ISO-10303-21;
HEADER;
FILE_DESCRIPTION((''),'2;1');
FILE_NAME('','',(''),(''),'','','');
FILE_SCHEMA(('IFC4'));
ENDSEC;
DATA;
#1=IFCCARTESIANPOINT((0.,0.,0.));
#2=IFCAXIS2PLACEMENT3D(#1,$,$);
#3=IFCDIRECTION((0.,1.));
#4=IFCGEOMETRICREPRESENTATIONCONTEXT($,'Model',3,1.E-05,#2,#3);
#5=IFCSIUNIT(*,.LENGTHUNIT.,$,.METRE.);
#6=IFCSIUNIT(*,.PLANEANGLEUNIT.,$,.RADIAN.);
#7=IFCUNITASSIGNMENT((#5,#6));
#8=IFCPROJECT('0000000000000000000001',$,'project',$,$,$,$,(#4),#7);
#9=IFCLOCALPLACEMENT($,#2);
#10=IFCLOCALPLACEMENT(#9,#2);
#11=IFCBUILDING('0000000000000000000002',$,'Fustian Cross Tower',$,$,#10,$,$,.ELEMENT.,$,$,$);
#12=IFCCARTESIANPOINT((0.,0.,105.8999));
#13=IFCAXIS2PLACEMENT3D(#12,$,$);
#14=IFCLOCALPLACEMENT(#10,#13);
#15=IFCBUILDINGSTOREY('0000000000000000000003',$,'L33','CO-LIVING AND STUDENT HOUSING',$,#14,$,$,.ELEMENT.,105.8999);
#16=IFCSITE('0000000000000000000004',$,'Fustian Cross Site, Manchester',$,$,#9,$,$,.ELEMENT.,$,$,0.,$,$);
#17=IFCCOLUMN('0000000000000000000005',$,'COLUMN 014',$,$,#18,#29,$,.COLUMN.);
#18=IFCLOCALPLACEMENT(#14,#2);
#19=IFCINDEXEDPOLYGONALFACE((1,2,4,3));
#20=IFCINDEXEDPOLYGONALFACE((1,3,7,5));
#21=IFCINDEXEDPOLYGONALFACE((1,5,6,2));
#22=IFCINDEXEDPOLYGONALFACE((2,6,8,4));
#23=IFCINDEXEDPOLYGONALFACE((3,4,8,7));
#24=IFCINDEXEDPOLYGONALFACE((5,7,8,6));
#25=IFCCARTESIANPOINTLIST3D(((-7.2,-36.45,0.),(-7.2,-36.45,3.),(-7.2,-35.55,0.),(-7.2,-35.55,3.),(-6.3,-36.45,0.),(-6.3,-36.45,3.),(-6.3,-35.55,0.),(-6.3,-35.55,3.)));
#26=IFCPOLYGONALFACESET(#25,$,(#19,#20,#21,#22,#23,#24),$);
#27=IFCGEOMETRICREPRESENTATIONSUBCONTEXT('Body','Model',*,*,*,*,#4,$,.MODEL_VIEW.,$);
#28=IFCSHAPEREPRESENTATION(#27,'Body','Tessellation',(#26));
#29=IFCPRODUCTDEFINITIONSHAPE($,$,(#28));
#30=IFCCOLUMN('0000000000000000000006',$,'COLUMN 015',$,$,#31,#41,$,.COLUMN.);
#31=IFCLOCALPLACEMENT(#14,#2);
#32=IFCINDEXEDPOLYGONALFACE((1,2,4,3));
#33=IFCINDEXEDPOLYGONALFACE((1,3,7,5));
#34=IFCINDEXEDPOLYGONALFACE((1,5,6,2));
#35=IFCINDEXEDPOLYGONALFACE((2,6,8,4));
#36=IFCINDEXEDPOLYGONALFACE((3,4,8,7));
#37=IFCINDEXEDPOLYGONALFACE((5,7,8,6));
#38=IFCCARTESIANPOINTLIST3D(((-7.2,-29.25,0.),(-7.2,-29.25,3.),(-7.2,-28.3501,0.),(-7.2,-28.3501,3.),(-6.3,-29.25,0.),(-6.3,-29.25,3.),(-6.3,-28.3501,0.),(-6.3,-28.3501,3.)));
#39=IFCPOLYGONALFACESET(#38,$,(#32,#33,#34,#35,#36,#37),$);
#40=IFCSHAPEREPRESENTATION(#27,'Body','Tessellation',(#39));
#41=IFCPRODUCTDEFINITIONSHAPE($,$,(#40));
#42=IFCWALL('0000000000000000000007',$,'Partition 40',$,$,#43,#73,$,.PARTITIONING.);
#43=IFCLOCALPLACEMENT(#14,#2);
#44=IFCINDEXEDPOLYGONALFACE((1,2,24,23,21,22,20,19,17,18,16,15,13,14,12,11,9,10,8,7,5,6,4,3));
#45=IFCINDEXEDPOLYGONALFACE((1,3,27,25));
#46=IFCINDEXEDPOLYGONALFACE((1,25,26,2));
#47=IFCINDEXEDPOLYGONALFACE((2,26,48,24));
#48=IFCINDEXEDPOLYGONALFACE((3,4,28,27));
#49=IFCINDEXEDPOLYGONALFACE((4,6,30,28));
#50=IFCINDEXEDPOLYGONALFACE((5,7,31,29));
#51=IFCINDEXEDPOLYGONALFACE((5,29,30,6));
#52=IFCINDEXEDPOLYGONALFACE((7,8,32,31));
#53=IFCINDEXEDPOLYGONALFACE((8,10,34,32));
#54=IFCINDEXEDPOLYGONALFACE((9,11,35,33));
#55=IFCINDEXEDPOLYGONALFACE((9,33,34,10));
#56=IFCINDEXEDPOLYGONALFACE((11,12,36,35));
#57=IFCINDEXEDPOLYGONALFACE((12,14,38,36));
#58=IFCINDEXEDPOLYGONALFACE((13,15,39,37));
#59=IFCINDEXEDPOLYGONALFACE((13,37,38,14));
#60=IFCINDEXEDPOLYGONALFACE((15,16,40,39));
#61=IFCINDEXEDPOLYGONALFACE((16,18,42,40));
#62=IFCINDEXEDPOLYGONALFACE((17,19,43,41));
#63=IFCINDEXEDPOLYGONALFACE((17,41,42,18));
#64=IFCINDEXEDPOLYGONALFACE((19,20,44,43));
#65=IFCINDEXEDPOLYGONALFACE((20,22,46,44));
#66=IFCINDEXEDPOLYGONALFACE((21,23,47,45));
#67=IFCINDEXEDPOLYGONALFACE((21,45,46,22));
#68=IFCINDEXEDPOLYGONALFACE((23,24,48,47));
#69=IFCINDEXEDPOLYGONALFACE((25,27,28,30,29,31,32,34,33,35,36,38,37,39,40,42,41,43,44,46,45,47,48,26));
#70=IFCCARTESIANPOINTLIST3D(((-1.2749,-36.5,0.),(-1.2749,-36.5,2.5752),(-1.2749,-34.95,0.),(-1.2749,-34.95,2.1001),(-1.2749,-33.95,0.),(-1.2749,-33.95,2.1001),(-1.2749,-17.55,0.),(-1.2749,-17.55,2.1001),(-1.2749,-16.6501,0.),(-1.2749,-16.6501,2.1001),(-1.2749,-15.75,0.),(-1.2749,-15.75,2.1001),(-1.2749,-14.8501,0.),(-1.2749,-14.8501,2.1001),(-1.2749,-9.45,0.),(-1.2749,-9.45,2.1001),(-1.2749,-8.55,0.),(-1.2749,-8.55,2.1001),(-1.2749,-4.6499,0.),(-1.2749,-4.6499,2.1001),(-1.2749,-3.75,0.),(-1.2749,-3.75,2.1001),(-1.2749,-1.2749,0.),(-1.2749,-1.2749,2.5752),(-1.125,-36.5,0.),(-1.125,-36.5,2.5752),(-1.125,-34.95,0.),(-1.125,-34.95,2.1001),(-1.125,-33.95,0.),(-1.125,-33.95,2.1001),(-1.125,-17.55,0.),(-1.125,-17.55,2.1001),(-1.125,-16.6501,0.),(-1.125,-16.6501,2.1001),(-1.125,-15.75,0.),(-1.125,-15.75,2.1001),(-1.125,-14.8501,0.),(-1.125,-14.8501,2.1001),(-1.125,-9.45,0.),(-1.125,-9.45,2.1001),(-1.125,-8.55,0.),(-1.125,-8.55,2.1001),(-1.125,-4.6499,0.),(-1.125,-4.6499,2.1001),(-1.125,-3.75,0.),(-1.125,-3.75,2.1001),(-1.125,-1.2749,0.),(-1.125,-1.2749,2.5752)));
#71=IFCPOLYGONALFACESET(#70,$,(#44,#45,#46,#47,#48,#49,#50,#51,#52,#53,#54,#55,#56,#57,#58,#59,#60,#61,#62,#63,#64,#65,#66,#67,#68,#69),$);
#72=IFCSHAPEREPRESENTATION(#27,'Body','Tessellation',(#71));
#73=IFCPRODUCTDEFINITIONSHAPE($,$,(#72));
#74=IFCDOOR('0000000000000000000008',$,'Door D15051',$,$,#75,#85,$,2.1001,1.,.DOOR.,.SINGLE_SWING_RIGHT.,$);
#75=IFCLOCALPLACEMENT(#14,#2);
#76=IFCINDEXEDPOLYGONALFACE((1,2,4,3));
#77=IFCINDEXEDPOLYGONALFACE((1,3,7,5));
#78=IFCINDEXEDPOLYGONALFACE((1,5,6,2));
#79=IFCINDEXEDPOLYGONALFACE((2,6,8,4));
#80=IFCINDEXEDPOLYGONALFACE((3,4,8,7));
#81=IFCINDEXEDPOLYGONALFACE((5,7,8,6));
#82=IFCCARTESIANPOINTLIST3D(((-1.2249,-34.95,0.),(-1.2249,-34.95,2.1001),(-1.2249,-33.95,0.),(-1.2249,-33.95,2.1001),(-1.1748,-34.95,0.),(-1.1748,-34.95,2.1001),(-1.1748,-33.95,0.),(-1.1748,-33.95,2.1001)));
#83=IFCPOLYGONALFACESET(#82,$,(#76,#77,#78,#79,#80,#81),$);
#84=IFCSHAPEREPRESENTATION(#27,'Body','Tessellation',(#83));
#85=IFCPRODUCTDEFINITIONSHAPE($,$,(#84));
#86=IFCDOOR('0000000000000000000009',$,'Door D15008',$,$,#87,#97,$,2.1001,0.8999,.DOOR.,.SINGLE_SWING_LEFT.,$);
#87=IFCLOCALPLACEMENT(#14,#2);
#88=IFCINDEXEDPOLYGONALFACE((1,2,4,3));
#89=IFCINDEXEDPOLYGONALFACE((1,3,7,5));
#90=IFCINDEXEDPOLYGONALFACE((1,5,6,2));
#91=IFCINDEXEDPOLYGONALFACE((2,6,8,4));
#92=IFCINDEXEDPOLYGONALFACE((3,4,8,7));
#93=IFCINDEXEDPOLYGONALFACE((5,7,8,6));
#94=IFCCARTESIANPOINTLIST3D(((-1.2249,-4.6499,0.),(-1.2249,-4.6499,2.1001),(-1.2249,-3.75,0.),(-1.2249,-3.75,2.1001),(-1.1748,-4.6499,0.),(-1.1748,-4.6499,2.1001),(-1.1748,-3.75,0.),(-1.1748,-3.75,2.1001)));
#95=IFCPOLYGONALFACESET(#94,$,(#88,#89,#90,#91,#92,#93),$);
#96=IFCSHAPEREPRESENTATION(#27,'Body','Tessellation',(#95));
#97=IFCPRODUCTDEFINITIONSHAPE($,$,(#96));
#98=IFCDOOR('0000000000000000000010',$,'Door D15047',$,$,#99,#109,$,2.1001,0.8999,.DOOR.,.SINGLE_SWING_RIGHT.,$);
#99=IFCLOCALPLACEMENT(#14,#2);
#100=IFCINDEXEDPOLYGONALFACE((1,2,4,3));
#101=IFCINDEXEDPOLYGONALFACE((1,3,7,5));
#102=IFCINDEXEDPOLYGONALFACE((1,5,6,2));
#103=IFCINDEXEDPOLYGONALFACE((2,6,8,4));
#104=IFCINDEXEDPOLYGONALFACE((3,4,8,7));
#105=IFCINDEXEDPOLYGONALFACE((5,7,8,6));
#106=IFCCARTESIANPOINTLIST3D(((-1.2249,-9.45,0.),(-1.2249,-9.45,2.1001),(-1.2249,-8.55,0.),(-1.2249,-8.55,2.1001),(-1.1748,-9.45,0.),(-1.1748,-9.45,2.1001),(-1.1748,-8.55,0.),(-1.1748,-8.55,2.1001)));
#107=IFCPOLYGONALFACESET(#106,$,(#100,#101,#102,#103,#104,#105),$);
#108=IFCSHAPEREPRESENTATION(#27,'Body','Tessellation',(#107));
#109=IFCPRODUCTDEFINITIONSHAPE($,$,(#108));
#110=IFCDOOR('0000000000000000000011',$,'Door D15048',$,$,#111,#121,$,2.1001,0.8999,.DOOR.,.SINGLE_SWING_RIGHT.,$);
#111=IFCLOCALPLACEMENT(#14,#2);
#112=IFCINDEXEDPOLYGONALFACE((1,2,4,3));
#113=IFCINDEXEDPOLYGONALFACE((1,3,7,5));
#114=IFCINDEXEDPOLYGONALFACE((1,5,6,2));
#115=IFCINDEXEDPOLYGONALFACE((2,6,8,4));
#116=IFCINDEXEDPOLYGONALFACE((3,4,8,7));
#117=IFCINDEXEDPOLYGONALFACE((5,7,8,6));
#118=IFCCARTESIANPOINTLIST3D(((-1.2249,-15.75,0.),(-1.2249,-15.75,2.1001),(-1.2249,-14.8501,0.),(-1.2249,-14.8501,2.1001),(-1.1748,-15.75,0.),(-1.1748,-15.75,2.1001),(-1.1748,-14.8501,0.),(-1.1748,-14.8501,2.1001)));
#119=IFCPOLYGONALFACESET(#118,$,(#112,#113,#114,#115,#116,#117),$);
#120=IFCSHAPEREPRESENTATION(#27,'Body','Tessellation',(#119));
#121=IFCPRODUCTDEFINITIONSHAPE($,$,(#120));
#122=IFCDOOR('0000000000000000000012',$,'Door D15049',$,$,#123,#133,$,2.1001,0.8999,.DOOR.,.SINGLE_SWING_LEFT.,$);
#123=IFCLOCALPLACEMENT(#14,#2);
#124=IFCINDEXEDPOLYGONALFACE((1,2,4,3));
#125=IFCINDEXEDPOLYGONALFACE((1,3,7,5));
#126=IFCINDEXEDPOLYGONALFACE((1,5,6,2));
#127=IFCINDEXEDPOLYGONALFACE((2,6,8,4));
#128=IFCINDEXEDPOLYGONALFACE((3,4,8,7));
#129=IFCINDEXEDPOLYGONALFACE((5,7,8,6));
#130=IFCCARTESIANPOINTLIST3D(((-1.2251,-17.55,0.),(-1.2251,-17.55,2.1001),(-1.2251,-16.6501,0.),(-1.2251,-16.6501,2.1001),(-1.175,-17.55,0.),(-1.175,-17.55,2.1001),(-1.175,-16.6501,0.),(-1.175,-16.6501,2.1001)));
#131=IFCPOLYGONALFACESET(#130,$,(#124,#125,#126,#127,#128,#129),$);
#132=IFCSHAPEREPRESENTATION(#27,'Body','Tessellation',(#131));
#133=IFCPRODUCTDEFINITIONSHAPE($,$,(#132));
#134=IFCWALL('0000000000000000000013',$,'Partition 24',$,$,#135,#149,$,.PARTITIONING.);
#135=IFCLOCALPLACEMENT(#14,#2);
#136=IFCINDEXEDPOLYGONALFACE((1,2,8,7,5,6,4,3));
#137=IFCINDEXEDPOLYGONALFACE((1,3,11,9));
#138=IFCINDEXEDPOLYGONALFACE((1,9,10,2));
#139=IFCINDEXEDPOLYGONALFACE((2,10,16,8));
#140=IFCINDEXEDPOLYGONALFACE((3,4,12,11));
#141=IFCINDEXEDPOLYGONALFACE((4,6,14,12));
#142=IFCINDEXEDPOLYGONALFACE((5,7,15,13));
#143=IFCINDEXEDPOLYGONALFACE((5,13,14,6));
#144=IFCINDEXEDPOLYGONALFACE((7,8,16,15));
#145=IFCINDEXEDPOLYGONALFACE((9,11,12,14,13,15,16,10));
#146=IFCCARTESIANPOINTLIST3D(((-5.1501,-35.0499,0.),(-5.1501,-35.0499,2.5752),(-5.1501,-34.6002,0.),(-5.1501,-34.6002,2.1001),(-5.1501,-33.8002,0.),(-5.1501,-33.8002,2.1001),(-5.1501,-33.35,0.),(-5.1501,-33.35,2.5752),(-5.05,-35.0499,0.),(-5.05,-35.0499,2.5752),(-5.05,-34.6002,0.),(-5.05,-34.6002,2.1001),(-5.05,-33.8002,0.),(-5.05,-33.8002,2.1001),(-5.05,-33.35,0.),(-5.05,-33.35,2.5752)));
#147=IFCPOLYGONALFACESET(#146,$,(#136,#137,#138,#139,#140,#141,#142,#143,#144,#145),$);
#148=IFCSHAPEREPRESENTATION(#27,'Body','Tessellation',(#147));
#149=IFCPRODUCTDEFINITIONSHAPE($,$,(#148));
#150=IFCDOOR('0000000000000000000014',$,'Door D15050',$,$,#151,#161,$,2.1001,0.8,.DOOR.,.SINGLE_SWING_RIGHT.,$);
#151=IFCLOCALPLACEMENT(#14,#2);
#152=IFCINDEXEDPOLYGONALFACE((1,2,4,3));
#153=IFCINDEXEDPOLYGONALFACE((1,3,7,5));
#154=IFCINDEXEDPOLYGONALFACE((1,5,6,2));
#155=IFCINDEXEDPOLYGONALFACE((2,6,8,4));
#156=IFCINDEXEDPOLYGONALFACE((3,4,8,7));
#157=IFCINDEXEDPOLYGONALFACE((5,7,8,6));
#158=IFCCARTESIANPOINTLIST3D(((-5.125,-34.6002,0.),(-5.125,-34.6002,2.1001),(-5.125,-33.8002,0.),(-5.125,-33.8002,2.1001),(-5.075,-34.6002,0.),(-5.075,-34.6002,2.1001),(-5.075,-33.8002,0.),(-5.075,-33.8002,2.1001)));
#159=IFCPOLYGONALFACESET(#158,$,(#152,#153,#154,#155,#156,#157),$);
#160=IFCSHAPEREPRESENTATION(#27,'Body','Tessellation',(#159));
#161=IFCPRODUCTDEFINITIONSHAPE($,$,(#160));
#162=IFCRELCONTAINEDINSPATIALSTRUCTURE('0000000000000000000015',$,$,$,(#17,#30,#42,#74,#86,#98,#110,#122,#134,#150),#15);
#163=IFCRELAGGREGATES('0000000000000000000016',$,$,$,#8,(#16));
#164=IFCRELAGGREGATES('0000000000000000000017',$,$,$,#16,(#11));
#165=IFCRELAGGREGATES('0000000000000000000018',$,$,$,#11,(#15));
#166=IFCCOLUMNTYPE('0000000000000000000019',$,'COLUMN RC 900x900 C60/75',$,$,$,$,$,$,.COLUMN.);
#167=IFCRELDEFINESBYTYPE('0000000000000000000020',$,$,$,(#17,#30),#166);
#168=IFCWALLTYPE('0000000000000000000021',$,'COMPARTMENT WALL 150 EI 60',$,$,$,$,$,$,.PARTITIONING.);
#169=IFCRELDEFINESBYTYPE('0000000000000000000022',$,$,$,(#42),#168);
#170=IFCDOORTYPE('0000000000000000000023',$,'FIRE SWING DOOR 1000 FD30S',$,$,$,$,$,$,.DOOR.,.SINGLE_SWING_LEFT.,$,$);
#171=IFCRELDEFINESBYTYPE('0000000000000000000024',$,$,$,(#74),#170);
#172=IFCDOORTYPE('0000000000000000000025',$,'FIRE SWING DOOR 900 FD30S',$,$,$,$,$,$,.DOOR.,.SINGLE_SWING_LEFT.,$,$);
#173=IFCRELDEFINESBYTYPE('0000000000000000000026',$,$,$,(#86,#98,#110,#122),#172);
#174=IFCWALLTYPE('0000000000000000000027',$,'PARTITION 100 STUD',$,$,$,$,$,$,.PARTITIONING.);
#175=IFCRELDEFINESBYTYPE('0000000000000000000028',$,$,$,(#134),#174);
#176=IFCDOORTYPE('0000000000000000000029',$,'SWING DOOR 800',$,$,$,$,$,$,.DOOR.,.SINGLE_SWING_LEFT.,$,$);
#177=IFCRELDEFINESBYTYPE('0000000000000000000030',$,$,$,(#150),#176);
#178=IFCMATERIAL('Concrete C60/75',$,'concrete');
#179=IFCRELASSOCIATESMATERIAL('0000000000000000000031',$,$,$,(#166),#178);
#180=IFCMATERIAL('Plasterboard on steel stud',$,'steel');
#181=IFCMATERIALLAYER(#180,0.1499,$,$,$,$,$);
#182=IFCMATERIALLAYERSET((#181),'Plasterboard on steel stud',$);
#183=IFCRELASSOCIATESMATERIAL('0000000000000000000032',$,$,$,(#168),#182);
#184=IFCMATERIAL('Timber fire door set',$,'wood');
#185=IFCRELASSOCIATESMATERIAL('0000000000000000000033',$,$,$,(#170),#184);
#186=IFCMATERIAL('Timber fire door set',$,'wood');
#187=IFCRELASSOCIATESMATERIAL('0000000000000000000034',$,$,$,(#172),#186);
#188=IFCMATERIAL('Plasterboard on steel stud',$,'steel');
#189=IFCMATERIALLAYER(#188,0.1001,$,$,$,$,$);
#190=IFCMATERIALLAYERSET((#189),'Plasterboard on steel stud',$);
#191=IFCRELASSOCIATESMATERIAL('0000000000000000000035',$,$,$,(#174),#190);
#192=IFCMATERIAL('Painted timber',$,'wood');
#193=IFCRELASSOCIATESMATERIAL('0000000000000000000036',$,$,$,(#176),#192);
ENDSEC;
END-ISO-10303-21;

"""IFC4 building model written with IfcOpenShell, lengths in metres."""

from ifc_helpers import new_model, si_unit, direction, frame, frame_2d, origin, origin_2d, place, context, subcontext, project, spatial, rectangle, extrude, material, layer, layer_set, material_profile, profile_set, type_object, element, fill, save


model = new_model("IFC4")

# Units and contexts
model_context = context("Model", 3, precision=1e-05, world=origin(), true_north=direction((0.0, 1.0)))
body_context = subcontext(model_context, "Body", "Model", "MODEL_VIEW")
ifc_project = project(units=[si_unit("LENGTHUNIT", "METRE"), si_unit("PLANEANGLEUNIT", "RADIAN")], contexts=[model_context])

# Site, building, storey
site_placement = place(None, origin())
site = spatial("IfcSite", under=ifc_project, at=site_placement, Name="Fustian Cross Site, Manchester", CompositionType="ELEMENT", RefElevation=0.0)
building_placement = place(site_placement, origin())
building = spatial("IfcBuilding", under=site, at=building_placement, Name="Fustian Cross Tower", CompositionType="ELEMENT")
storey_placement = place(building_placement, frame((0.0, 0.0, 105.8999)))
storey = spatial("IfcBuildingStorey", under=building, at=storey_placement, Name="L33", Description="CO-LIVING AND STUDENT HOUSING", CompositionType="ELEMENT", Elevation=105.8999)

# Columns
ifc_material_1 = material(Name="Concrete C60/75", Category="concrete")
ifc_material_profile = material_profile(ifc_material_1, rectangle(XDim=0.8999, YDim=0.8999, at=origin_2d()), Name="RC 900x900")
ifc_profile_set = profile_set([ifc_material_profile], Name="Concrete C60/75")
column_type = type_object("IfcColumnType", Name="COLUMN RC 900x900 C60/75", PredefinedType="COLUMN", material=ifc_profile_set)
for number, where, z_axis, x_axis, name in (
    (1, (-6.75, -36.0, 0.0), (0.0, 0.0, 1.0), (1.0, 0.0, 0.0), "COLUMN 014"),
    (2, (-6.75, -28.8, 0.0), (0.0, 0.0, 1.0), (1.0, 0.0, 0.0), "COLUMN 015"),
):
    element("IfcColumn", number, at=place(storey_placement, frame(where, z_axis=z_axis, x_axis=x_axis)), inside=storey, type_object=column_type, Name=name, PredefinedType="COLUMN", context=body_context, shape_type="SweptSolid", body=[
        extrude(rectangle(XDim=0.8999, YDim=0.8999, at=origin_2d()), origin(), (0.0, 0.0, 1.0), 3.0),
    ])

# Wall, openings, doors
ifc_material_2 = material(Name="Plasterboard on steel stud", Category="steel")
ifc_layer_1 = layer(ifc_material_2, 0.1499)
ifc_layer_set_1 = layer_set([ifc_layer_1], Name="Plasterboard on steel stud")
wall_type_1 = type_object("IfcWallType", Name="COMPARTMENT WALL 150 EI 60", PredefinedType="PARTITIONING", material=ifc_layer_set_1)
wall_1_placement = place(storey_placement, frame((-1.2, -36.5, 0.0), z_axis=(0.0, 0.0, 1.0), x_axis=(0.0, 1.0, 0.0)))
wall_1 = element("IfcWall", 3, at=wall_1_placement, inside=storey, type_object=wall_type_1, Name="Partition 40", PredefinedType="PARTITIONING", context=body_context, shape_type="SweptSolid", body=[
    extrude(rectangle(XDim=35.2251, YDim=0.1499, at=frame_2d((17.6125, 0.0))), origin(), (0.0, 0.0, 1.0), 2.5752),
])
opening_1_placement = place(wall_1_placement, frame((31.8501, 0.0, 0.0)))
opening_1 = element("IfcOpeningElement", 4, at=opening_1_placement, cuts=wall_1, PredefinedType="OPENING", context=body_context, shape_type="SweptSolid", body=[
    extrude(rectangle(XDim=0.8999, YDim=2.1001, at=frame_2d((0.45, 1.05))), frame((0.0, 0.085, 0.0), z_axis=(0.0, -1.0, 0.0), x_axis=(1.0, 0.0, 0.0)), (0.0, 0.0, 1.0), 0.1699),
])
opening_2_placement = place(wall_1_placement, frame((27.05, 0.0, 0.0)))
opening_2 = element("IfcOpeningElement", 5, at=opening_2_placement, cuts=wall_1, PredefinedType="OPENING", context=body_context, shape_type="SweptSolid", body=[
    extrude(rectangle(XDim=0.8999, YDim=2.1001, at=frame_2d((0.45, 1.05))), frame((0.0, 0.085, 0.0), z_axis=(0.0, -1.0, 0.0), x_axis=(1.0, 0.0, 0.0)), (0.0, 0.0, 1.0), 0.1699),
])
opening_3_placement = place(wall_1_placement, frame((20.75, 0.0, 0.0)))
opening_3 = element("IfcOpeningElement", 6, at=opening_3_placement, cuts=wall_1, PredefinedType="OPENING", context=body_context, shape_type="SweptSolid", body=[
    extrude(rectangle(XDim=0.8999, YDim=2.1001, at=frame_2d((0.45, 1.05))), frame((0.0, 0.085, 0.0), z_axis=(0.0, -1.0, 0.0), x_axis=(1.0, 0.0, 0.0)), (0.0, 0.0, 1.0), 0.1699),
])
opening_4_placement = place(wall_1_placement, frame((18.95, 0.0, 0.0)))
opening_4 = element("IfcOpeningElement", 7, at=opening_4_placement, cuts=wall_1, PredefinedType="OPENING", context=body_context, shape_type="SweptSolid", body=[
    extrude(rectangle(XDim=0.8999, YDim=2.1001, at=frame_2d((0.45, 1.05))), frame((0.0, 0.085, 0.0), z_axis=(0.0, -1.0, 0.0), x_axis=(1.0, 0.0, 0.0)), (0.0, 0.0, 1.0), 0.1699),
])
opening_5_placement = place(wall_1_placement, frame((1.55, 0.0, 0.0)))
opening_5 = element("IfcOpeningElement", 8, at=opening_5_placement, cuts=wall_1, PredefinedType="OPENING", context=body_context, shape_type="SweptSolid", body=[
    extrude(rectangle(XDim=1.0, YDim=2.1001, at=frame_2d((0.5, 1.05))), frame((0.0, 0.085, 0.0), z_axis=(0.0, -1.0, 0.0), x_axis=(1.0, 0.0, 0.0)), (0.0, 0.0, 1.0), 0.1699),
])
ifc_material_3 = material(Name="Timber fire door set", Category="wood")
door_type_1 = type_object("IfcDoorType", Name="FIRE SWING DOOR 1000 FD30S", OperationType="SINGLE_SWING_LEFT", PredefinedType="DOOR", material=ifc_material_3)
door_1_placement = place(opening_5_placement, origin())
door_1 = element("IfcDoor", 9, at=door_1_placement, inside=storey, type_object=door_type_1, Name="Door D15051", OperationType="SINGLE_SWING_RIGHT", OverallHeight=2.1001, OverallWidth=1.0, PredefinedType="DOOR", context=body_context, shape_type="SweptSolid", body=[
    extrude(rectangle(XDim=1.0, YDim=2.1001, at=frame_2d((0.5, 1.05))), frame((0.0, 0.0249, 0.0), z_axis=(0.0, -1.0, 0.0), x_axis=(1.0, 0.0, 0.0)), (0.0, 0.0, 1.0), 0.05),
])
fill(opening_5, door_1)
ifc_material_4 = material(Name="Timber fire door set", Category="wood")
door_type_2 = type_object("IfcDoorType", Name="FIRE SWING DOOR 900 FD30S", OperationType="SINGLE_SWING_LEFT", PredefinedType="DOOR", material=ifc_material_4)
door_2_placement = place(opening_1_placement, origin())
door_2 = element("IfcDoor", 10, at=door_2_placement, inside=storey, type_object=door_type_2, Name="Door D15008", OperationType="SINGLE_SWING_LEFT", OverallHeight=2.1001, OverallWidth=0.8999, PredefinedType="DOOR", context=body_context, shape_type="SweptSolid", body=[
    extrude(rectangle(XDim=0.8999, YDim=2.1001, at=frame_2d((0.45, 1.05))), frame((0.0, 0.0249, 0.0), z_axis=(0.0, -1.0, 0.0), x_axis=(1.0, 0.0, 0.0)), (0.0, 0.0, 1.0), 0.05),
])
fill(opening_1, door_2)
door_3_placement = place(opening_2_placement, origin())
door_3 = element("IfcDoor", 11, at=door_3_placement, inside=storey, type_object=door_type_2, Name="Door D15047", OperationType="SINGLE_SWING_RIGHT", OverallHeight=2.1001, OverallWidth=0.8999, PredefinedType="DOOR", context=body_context, shape_type="SweptSolid", body=[
    extrude(rectangle(XDim=0.8999, YDim=2.1001, at=frame_2d((0.45, 1.05))), frame((0.0, 0.0249, 0.0), z_axis=(0.0, -1.0, 0.0), x_axis=(1.0, 0.0, 0.0)), (0.0, 0.0, 1.0), 0.05),
])
fill(opening_2, door_3)
door_4_placement = place(opening_3_placement, origin())
door_4 = element("IfcDoor", 12, at=door_4_placement, inside=storey, type_object=door_type_2, Name="Door D15048", OperationType="SINGLE_SWING_RIGHT", OverallHeight=2.1001, OverallWidth=0.8999, PredefinedType="DOOR", context=body_context, shape_type="SweptSolid", body=[
    extrude(rectangle(XDim=0.8999, YDim=2.1001, at=frame_2d((0.45, 1.05))), frame((0.0, 0.0249, 0.0), z_axis=(0.0, -1.0, 0.0), x_axis=(1.0, 0.0, 0.0)), (0.0, 0.0, 1.0), 0.05),
])
fill(opening_3, door_4)
door_5_placement = place(opening_4_placement, frame((0.8999, 0.0, 0.0), z_axis=(0.0, 0.0, 1.0), x_axis=(-1.0, 0.0, 0.0)))
door_5 = element("IfcDoor", 13, at=door_5_placement, inside=storey, type_object=door_type_2, Name="Door D15049", OperationType="SINGLE_SWING_LEFT", OverallHeight=2.1001, OverallWidth=0.8999, PredefinedType="DOOR", context=body_context, shape_type="SweptSolid", body=[
    extrude(rectangle(XDim=0.8999, YDim=2.1001, at=frame_2d((0.45, 1.05))), frame((0.0, 0.0249, 0.0), z_axis=(0.0, -1.0, 0.0), x_axis=(1.0, 0.0, 0.0)), (0.0, 0.0, 1.0), 0.05),
])
fill(opening_4, door_5)

# Wall, opening, door
ifc_material_5 = material(Name="Plasterboard on steel stud", Category="steel")
ifc_layer_2 = layer(ifc_material_5, 0.1001)
ifc_layer_set_2 = layer_set([ifc_layer_2], Name="Plasterboard on steel stud")
wall_type_2 = type_object("IfcWallType", Name="PARTITION 100 STUD", PredefinedType="PARTITIONING", material=ifc_layer_set_2)
wall_2_placement = place(storey_placement, frame((-5.1001, -35.05, 0.0), z_axis=(0.0, 0.0, 1.0), x_axis=(0.0, 1.0, 0.0)))
wall_2 = element("IfcWall", 14, at=wall_2_placement, inside=storey, type_object=wall_type_2, Name="Partition 24", PredefinedType="PARTITIONING", context=body_context, shape_type="SweptSolid", body=[
    extrude(rectangle(XDim=1.7, YDim=0.1001, at=frame_2d((0.8501, 0.0))), origin(), (0.0, 0.0, 1.0), 2.5752),
])
opening_6_placement = place(wall_2_placement, frame((0.45, 0.0, 0.0)))
opening_6 = element("IfcOpeningElement", 15, at=opening_6_placement, cuts=wall_2, PredefinedType="OPENING", context=body_context, shape_type="SweptSolid", body=[
    extrude(rectangle(XDim=0.8, YDim=2.1001, at=frame_2d((0.3999, 1.05))), frame((0.0, 0.0601, 0.0), z_axis=(0.0, -1.0, 0.0), x_axis=(1.0, 0.0, 0.0)), (0.0, 0.0, 1.0), 0.1201),
])
ifc_material_6 = material(Name="Painted timber", Category="wood")
door_type_3 = type_object("IfcDoorType", Name="SWING DOOR 800", OperationType="SINGLE_SWING_LEFT", PredefinedType="DOOR", material=ifc_material_6)
door_6_placement = place(opening_6_placement, origin())
door_6 = element("IfcDoor", 16, at=door_6_placement, inside=storey, type_object=door_type_3, Name="Door D15050", OperationType="SINGLE_SWING_RIGHT", OverallHeight=2.1001, OverallWidth=0.8, PredefinedType="DOOR", context=body_context, shape_type="SweptSolid", body=[
    extrude(rectangle(XDim=0.8, YDim=2.1001, at=frame_2d((0.3999, 1.05))), frame((0.0, 0.0249, 0.0), z_axis=(0.0, -1.0, 0.0), x_axis=(1.0, 0.0, 0.0)), (0.0, 0.0, 1.0), 0.05),
])
fill(opening_6, door_6)

save(model, "model.ifc")
